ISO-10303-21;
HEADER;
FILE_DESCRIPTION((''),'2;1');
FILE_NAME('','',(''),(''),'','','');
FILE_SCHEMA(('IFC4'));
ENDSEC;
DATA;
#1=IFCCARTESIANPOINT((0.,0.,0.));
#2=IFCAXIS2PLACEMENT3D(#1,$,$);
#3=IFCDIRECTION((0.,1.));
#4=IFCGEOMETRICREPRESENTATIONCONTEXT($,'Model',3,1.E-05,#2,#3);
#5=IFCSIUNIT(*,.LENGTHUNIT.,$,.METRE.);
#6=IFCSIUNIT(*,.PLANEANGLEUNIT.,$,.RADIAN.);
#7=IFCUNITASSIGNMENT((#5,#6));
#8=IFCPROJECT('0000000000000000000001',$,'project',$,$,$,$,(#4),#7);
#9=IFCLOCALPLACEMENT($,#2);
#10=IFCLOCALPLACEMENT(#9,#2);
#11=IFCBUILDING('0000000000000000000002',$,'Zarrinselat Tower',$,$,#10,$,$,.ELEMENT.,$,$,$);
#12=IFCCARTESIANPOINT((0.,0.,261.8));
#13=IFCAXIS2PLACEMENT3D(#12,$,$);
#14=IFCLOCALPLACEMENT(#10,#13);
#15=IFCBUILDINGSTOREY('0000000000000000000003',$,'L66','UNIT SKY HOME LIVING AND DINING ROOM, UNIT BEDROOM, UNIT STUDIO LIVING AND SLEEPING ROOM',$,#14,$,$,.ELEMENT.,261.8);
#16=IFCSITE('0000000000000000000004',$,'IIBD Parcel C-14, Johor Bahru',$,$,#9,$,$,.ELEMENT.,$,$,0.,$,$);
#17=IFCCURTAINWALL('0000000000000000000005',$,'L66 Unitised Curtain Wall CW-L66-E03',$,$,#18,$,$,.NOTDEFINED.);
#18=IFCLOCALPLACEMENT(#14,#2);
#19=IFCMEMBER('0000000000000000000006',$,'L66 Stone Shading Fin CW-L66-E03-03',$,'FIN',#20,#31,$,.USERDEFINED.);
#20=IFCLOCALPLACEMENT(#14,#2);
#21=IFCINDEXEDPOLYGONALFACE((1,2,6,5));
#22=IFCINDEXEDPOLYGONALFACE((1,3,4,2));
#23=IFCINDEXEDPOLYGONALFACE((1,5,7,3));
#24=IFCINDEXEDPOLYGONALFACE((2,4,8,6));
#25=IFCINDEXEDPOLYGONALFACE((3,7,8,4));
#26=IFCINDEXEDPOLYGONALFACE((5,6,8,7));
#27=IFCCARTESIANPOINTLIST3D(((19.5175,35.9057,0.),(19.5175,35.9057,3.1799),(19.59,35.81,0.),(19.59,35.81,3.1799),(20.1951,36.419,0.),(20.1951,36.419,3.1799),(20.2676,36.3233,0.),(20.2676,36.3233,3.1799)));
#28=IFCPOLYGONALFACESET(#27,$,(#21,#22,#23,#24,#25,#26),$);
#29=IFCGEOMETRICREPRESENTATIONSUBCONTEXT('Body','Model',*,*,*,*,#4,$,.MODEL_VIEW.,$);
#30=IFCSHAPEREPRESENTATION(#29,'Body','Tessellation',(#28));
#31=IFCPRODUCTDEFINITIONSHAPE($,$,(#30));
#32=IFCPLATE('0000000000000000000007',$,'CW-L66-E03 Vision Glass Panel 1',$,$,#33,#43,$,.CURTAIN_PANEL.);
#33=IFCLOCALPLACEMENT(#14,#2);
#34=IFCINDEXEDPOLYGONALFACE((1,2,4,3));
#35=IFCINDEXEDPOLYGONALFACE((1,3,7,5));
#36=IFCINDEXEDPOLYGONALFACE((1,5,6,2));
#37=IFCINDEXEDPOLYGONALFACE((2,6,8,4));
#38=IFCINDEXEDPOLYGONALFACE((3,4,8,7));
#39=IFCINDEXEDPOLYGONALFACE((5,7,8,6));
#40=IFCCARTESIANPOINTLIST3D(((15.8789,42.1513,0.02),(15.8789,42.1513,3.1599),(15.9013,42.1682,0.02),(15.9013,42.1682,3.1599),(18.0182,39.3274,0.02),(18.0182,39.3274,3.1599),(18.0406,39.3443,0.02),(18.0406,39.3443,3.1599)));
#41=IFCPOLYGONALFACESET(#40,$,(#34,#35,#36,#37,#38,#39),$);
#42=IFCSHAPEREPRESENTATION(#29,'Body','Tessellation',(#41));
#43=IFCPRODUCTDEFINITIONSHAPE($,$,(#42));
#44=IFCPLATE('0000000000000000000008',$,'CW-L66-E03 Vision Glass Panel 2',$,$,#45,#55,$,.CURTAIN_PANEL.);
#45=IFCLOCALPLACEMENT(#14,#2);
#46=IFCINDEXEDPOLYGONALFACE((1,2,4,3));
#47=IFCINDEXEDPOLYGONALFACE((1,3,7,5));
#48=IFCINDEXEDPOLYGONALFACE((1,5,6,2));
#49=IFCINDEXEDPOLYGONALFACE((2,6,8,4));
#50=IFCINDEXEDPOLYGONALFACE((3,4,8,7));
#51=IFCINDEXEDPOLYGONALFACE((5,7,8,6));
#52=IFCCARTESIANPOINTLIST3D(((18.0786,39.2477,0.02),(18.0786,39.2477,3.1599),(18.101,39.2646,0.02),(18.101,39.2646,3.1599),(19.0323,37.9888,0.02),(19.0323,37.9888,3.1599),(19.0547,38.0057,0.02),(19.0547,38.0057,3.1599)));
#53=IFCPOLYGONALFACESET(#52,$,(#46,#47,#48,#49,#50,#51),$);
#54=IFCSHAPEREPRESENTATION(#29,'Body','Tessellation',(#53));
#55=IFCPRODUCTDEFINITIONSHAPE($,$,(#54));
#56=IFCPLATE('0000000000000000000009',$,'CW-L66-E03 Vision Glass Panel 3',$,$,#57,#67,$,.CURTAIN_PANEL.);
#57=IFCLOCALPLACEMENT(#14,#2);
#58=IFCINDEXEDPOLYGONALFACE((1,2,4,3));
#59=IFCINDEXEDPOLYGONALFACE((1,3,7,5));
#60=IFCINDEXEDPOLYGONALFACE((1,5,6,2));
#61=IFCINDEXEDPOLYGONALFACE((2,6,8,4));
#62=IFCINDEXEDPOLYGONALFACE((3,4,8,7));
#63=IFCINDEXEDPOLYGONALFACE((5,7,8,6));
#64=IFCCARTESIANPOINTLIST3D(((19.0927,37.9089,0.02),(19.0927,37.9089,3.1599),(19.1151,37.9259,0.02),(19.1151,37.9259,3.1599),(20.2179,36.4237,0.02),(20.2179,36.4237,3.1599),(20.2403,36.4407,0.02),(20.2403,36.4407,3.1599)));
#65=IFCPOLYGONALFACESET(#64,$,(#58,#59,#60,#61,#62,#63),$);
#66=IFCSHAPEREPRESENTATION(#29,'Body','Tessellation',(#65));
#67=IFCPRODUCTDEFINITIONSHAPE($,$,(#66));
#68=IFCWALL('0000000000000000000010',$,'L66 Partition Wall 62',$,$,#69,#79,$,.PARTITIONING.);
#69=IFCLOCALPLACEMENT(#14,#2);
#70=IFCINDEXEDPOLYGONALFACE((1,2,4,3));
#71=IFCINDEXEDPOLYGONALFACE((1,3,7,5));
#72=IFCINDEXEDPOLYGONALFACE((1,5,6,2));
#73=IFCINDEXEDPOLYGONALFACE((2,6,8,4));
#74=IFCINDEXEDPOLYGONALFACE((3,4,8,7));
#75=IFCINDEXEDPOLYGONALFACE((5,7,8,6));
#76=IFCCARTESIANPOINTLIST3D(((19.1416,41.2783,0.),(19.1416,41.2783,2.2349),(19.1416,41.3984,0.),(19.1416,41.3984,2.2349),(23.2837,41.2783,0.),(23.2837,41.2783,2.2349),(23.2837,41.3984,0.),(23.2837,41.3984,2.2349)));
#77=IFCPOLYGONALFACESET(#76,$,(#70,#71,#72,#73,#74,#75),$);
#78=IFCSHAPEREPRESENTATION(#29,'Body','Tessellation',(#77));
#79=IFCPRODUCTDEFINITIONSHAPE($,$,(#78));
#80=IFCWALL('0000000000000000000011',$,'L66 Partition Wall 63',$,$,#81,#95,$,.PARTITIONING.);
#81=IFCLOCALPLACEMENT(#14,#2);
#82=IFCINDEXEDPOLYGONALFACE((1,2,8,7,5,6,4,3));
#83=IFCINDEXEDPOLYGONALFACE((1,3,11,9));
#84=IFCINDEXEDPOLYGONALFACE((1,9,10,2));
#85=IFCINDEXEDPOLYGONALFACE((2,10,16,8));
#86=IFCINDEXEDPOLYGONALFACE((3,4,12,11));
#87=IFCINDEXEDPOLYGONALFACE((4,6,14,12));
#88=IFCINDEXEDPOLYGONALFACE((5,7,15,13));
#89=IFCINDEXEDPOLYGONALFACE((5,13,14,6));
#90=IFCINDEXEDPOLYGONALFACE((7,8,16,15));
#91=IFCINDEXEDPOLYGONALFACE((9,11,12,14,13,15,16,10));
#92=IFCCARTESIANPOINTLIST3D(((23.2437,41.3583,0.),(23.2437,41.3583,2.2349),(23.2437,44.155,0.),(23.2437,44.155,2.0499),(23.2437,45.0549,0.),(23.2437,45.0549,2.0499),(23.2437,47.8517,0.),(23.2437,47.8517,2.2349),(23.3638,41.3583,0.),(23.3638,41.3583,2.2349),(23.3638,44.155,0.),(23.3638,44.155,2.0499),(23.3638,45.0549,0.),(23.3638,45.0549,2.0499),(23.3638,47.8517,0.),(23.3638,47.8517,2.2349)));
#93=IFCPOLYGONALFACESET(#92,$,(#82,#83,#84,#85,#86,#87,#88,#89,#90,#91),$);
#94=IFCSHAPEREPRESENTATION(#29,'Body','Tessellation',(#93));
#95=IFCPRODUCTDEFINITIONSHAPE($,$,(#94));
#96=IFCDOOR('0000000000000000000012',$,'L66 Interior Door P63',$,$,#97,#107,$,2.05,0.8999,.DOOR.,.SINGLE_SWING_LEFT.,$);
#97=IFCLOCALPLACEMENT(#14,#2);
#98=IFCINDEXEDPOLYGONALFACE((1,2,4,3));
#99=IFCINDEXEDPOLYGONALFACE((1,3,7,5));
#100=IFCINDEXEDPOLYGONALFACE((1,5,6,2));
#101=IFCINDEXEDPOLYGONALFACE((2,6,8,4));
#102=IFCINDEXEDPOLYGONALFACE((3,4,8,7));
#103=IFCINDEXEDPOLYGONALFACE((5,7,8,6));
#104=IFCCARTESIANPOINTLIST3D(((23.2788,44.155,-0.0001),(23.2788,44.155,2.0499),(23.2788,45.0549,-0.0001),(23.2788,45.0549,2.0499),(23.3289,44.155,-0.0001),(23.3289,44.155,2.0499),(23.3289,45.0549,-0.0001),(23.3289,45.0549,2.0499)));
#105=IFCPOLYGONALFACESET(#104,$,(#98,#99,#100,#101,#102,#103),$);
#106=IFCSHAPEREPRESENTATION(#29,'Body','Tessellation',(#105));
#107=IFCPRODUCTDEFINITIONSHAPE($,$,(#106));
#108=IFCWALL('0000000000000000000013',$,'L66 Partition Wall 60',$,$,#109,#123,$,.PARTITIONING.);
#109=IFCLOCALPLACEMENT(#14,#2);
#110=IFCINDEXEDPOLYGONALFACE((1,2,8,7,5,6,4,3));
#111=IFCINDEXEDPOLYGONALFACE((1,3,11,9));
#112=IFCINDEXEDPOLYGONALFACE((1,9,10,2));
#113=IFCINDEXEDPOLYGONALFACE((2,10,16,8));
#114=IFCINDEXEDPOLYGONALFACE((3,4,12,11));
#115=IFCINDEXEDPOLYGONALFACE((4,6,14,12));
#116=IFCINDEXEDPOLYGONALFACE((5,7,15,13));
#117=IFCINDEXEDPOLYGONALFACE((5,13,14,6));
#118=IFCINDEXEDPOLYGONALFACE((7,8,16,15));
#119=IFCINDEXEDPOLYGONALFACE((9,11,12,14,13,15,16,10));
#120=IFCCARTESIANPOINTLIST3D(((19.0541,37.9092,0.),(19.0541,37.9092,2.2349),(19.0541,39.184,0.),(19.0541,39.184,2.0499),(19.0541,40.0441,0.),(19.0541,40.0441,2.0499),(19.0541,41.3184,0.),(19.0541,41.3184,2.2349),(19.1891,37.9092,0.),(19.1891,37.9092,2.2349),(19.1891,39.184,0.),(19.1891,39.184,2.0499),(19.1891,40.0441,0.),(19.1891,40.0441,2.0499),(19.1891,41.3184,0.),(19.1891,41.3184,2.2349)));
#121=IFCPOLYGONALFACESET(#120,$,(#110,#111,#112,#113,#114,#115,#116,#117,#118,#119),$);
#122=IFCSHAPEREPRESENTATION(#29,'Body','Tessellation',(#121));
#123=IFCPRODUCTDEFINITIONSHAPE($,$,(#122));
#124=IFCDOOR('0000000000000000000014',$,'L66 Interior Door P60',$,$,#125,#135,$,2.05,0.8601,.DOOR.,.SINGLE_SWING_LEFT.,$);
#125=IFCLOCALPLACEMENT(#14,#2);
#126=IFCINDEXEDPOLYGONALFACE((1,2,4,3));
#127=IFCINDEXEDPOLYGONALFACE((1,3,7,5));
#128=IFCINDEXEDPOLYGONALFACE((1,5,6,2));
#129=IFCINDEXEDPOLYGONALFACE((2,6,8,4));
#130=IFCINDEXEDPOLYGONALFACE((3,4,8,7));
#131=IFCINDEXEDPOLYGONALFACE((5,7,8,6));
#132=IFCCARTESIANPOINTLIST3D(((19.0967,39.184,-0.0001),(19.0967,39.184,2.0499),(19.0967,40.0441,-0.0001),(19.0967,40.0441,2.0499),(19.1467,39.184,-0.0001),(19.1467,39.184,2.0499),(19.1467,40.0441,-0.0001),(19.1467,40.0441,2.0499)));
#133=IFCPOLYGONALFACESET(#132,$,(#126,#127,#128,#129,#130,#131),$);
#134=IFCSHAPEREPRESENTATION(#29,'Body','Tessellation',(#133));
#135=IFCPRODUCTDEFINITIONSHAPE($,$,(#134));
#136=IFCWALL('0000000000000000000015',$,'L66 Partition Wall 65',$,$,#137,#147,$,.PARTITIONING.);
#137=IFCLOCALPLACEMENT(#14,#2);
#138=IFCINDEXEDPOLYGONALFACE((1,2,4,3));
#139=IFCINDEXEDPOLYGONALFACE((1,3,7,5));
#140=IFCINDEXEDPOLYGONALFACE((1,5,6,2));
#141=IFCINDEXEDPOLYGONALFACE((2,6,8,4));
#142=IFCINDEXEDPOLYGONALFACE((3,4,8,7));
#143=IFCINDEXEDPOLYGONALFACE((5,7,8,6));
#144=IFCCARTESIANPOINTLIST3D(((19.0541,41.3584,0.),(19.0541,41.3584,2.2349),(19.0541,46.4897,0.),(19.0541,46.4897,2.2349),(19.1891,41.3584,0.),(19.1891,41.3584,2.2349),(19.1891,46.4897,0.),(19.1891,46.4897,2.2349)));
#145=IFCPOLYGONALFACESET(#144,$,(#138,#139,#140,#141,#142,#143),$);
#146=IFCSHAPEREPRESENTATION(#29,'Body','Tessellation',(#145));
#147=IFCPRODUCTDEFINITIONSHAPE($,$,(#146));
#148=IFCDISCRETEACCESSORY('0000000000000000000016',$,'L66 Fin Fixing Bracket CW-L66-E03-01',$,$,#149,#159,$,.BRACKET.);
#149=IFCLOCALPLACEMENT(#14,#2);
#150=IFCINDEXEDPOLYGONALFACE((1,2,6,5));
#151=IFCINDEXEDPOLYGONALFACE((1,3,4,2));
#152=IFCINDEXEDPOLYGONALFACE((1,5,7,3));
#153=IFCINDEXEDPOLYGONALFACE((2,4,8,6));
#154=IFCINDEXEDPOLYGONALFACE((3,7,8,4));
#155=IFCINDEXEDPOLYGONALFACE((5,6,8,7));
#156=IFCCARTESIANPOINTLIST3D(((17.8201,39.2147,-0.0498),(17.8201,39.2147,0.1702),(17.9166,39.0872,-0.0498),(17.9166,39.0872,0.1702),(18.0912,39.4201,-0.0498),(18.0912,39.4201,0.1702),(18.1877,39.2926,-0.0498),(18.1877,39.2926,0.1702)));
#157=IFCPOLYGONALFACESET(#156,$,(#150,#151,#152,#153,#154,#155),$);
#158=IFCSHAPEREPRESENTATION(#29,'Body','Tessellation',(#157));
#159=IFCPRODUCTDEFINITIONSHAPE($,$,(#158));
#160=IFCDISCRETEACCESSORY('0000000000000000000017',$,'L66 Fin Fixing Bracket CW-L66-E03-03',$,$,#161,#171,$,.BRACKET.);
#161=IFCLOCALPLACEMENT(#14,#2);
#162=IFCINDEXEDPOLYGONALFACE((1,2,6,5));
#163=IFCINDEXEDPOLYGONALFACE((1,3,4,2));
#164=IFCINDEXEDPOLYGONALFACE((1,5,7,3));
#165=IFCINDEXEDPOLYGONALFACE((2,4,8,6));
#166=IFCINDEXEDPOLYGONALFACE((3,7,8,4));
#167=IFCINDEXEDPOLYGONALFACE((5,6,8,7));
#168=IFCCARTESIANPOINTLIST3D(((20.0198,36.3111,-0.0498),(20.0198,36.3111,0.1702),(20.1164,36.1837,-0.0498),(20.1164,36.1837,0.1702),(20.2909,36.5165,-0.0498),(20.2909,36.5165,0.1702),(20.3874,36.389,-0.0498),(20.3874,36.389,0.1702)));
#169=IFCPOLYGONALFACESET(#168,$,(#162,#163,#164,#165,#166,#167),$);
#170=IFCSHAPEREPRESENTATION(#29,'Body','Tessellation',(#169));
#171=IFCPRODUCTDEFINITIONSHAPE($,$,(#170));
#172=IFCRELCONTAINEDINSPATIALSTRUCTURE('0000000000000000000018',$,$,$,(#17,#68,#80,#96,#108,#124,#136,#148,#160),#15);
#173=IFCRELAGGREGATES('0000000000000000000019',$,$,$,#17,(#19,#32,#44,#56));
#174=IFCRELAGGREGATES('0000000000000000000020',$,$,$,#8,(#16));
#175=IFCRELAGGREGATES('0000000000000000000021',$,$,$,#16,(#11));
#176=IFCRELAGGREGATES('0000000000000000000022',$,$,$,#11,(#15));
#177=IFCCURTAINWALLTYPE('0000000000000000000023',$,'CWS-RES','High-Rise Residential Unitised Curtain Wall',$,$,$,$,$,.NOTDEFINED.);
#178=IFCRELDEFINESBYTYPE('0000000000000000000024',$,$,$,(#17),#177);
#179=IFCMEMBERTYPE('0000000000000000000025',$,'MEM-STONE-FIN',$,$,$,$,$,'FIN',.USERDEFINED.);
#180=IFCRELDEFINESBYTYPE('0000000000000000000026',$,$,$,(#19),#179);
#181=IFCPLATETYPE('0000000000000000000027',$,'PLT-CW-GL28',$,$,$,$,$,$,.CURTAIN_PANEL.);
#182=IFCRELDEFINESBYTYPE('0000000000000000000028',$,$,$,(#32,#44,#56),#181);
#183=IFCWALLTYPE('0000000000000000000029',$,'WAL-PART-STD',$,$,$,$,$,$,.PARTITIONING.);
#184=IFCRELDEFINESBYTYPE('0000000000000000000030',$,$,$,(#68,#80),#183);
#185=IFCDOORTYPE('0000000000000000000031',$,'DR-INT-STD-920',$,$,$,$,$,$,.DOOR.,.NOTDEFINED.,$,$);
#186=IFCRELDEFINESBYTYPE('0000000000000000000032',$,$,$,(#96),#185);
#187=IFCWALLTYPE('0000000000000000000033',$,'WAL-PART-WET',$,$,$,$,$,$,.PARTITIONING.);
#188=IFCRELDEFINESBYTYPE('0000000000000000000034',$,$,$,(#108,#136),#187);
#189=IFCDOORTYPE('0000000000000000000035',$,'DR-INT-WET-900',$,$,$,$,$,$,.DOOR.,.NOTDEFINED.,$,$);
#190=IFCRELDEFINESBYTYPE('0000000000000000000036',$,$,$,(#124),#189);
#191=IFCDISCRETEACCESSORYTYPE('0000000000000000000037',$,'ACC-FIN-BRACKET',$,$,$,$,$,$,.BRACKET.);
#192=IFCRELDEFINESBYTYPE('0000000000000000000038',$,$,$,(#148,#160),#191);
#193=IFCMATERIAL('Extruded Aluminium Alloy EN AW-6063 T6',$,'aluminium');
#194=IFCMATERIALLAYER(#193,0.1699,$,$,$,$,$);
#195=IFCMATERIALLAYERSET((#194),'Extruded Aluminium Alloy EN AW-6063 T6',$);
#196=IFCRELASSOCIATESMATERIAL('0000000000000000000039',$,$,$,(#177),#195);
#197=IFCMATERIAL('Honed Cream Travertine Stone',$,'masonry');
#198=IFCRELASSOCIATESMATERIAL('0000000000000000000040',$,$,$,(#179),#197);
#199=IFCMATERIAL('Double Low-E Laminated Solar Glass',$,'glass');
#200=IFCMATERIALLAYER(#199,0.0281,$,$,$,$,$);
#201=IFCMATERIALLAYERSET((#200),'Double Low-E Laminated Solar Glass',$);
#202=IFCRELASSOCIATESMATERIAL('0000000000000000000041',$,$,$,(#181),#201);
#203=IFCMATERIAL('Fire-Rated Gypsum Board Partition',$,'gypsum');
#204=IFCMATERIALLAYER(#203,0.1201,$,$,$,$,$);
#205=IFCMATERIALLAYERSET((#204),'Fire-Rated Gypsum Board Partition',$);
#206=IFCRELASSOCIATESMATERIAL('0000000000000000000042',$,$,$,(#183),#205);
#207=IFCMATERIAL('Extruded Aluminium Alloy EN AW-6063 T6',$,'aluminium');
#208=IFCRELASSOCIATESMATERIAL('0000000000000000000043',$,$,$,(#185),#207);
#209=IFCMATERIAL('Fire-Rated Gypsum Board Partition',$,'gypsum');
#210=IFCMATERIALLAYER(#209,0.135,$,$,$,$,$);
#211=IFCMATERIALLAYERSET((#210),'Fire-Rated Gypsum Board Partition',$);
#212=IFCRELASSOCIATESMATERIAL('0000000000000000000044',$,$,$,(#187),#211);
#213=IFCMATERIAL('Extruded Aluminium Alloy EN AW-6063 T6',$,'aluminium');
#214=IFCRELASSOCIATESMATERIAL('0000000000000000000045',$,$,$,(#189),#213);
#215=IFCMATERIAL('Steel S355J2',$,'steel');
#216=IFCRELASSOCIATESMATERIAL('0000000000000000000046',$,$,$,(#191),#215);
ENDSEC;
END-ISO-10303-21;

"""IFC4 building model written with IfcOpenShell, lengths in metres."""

from ifc_helpers import new_model, si_unit, direction, frame, frame_2d, origin, origin_2d, place, context, subcontext, project, spatial, rectangle, extrude, material, layer, layer_set, material_profile, profile_set, type_object, element, fill, aggregate, save


model = new_model("IFC4")

# Units and contexts
model_context = context("Model", 3, precision=1e-05, world=origin(), true_north=direction((0.0, 1.0)))
body_context = subcontext(model_context, "Body", "Model", "MODEL_VIEW")
ifc_project = project(units=[si_unit("LENGTHUNIT", "METRE"), si_unit("PLANEANGLEUNIT", "RADIAN")], contexts=[model_context])

# Site, building, storey
site_placement = place(None, origin())
site = spatial("IfcSite", under=ifc_project, at=site_placement, Name="IIBD Parcel C-14, Johor Bahru", CompositionType="ELEMENT", RefElevation=0.0)
building_placement = place(site_placement, origin())
building = spatial("IfcBuilding", under=site, at=building_placement, Name="Zarrinselat Tower", CompositionType="ELEMENT")
storey_placement = place(building_placement, frame((0.0, 0.0, 261.8)))
storey = spatial("IfcBuildingStorey", under=building, at=storey_placement, Name="L66", Description="UNIT SKY HOME LIVING AND DINING ROOM, UNIT BEDROOM, UNIT STUDIO LIVING AND SLEEPING ROOM", CompositionType="ELEMENT", Elevation=261.8)

# Curtain wall, member, plates
ifc_material_1 = material(Name="Extruded Aluminium Alloy EN AW-6063 T6", Category="aluminium")
ifc_layer_1 = layer(ifc_material_1, 0.1699)
ifc_layer_set_1 = layer_set([ifc_layer_1], Name="Extruded Aluminium Alloy EN AW-6063 T6")
curtain_wall_type = type_object("IfcCurtainWallType", Name="CWS-RES", Description="High-Rise Residential Unitised Curtain Wall", PredefinedType="NOTDEFINED", material=ifc_layer_set_1)
curtain_wall_placement = place(storey_placement, origin())
curtain_wall = element("IfcCurtainWall", 1, at=curtain_wall_placement, inside=storey, type_object=curtain_wall_type, Name="L66 Unitised Curtain Wall CW-L66-E03", PredefinedType="NOTDEFINED")
ifc_material_2 = material(Name="Honed Cream Travertine Stone", Category="masonry")
ifc_material_profile_1 = material_profile(ifc_material_2, rectangle(XDim=0.1201, YDim=0.8501, at=origin_2d()), Name="FIN 850x120")
ifc_profile_set_1 = profile_set([ifc_material_profile_1], Name="Honed Cream Travertine Stone")
member_type_1 = type_object("IfcMemberType", Name="MEM-STONE-FIN", ElementType="FIN", PredefinedType="USERDEFINED", material=ifc_profile_set_1)
member_1_placement = place(storey_placement, frame((19.8926, 36.1145, 0.0), z_axis=(0.0, 0.0, 1.0), x_axis=(-0.603858, 0.797092, 0.0)))
member_1 = element("IfcMember", 2, at=member_1_placement, type_object=member_type_1, Name="L66 Stone Shading Fin CW-L66-E03-03", ObjectType="FIN", PredefinedType="USERDEFINED", context=body_context, shape_type="SweptSolid", body=[
    extrude(rectangle(XDim=0.1201, YDim=0.8501, at=origin_2d()), origin(), (0.0, 0.0, 1.0), 3.1799),
])
ifc_material_3 = material(Name="Double Low-E Laminated Solar Glass", Category="glass")
ifc_layer_2 = layer(ifc_material_3, 0.0281)
ifc_layer_set_2 = layer_set([ifc_layer_2], Name="Double Low-E Laminated Solar Glass")
plate_type = type_object("IfcPlateType", Name="PLT-CW-GL28", PredefinedType="CURTAIN_PANEL", material=ifc_layer_set_2)
plate_1_placement = place(storey_placement, frame((16.9597, 40.7478, 0.02), z_axis=(0.0, 0.0, 1.0), x_axis=(0.603858, -0.797092, 0.0)))
plate_1 = element("IfcPlate", 3, at=plate_1_placement, type_object=plate_type, Name="CW-L66-E03 Vision Glass Panel 1", PredefinedType="CURTAIN_PANEL", context=body_context, shape_type="SweptSolid", body=[
    extrude(rectangle(XDim=3.5427, YDim=0.0281, at=origin_2d()), origin(), (0.0, 0.0, 1.0), 3.1399),
])
plate_2_placement = place(storey_placement, frame((18.5667, 38.6267, 0.02), z_axis=(0.0, 0.0, 1.0), x_axis=(0.603858, -0.797092, 0.0)))
plate_2 = element("IfcPlate", 4, at=plate_2_placement, type_object=plate_type, Name="CW-L66-E03 Vision Glass Panel 2", PredefinedType="CURTAIN_PANEL", context=body_context, shape_type="SweptSolid", body=[
    extrude(rectangle(XDim=1.5793, YDim=0.0281, at=origin_2d()), origin(), (0.0, 0.0, 1.0), 3.1399),
])
plate_3_placement = place(storey_placement, frame((19.6665, 37.1748, 0.02), z_axis=(0.0, 0.0, 1.0), x_axis=(0.603858, -0.797092, 0.0)))
plate_3 = element("IfcPlate", 5, at=plate_3_placement, type_object=plate_type, Name="CW-L66-E03 Vision Glass Panel 3", PredefinedType="CURTAIN_PANEL", context=body_context, shape_type="SweptSolid", body=[
    extrude(rectangle(XDim=1.8633, YDim=0.0281, at=origin_2d()), origin(), (0.0, 0.0, 1.0), 3.1399),
])
aggregate(curtain_wall, [member_1, plate_1, plate_2, plate_3])

# Wall
ifc_material_4 = material(Name="Fire-Rated Gypsum Board Partition", Category="gypsum")
ifc_layer_3 = layer(ifc_material_4, 0.1201)
ifc_layer_set_3 = layer_set([ifc_layer_3], Name="Fire-Rated Gypsum Board Partition")
wall_type_1 = type_object("IfcWallType", Name="WAL-PART-STD", PredefinedType="PARTITIONING", material=ifc_layer_set_3)
wall_1_placement = place(storey_placement, frame((19.1416, 41.3384, 0.0), z_axis=(0.0, 0.0, 1.0), x_axis=(1.0, 0.0, 0.0)))
element("IfcWall", 6, at=wall_1_placement, inside=storey, type_object=wall_type_1, Name="L66 Partition Wall 62", PredefinedType="PARTITIONING", context=body_context, shape_type="SweptSolid", body=[
    extrude(rectangle(XDim=4.1421, YDim=0.1201, at=frame_2d((2.071, 0.0))), origin(), (0.0, 0.0, 1.0), 2.2349),
])

# Walls, openings, doors
wall_2_placement = place(storey_placement, frame((23.3037, 41.3584, 0.0), z_axis=(0.0, 0.0, 1.0), x_axis=(0.0, 1.0, 0.0)))
wall_2 = element("IfcWall", 7, at=wall_2_placement, inside=storey, type_object=wall_type_1, Name="L66 Partition Wall 63", PredefinedType="PARTITIONING", context=body_context, shape_type="SweptSolid", body=[
    extrude(rectangle(XDim=6.4934, YDim=0.1201, at=frame_2d((3.2466, 0.0))), origin(), (0.0, 0.0, 1.0), 2.2349),
])
opening_1_placement = place(wall_2_placement, frame((2.7966, 0.0, 0.0)))
opening_1 = element("IfcOpeningElement", 8, at=opening_1_placement, cuts=wall_2, PredefinedType="OPENING", context=body_context, shape_type="SweptSolid", body=[
    extrude(rectangle(XDim=0.8999, YDim=2.05, at=frame_2d((0.45, 1.0249))), frame((0.0, 0.0701, 0.0), z_axis=(0.0, -1.0, 0.0), x_axis=(1.0, 0.0, 0.0)), (0.0, 0.0, 1.0), 0.1401),
])
ifc_material_5 = material(Name="Extruded Aluminium Alloy EN AW-6063 T6", Category="aluminium")
door_type_1 = type_object("IfcDoorType", Name="DR-INT-STD-920", OperationType="NOTDEFINED", PredefinedType="DOOR", material=ifc_material_5)
door_1_placement = place(opening_1_placement, origin())
door_1 = element("IfcDoor", 9, at=door_1_placement, inside=storey, type_object=door_type_1, Name="L66 Interior Door P63", OperationType="SINGLE_SWING_LEFT", OverallHeight=2.05, OverallWidth=0.8999, PredefinedType="DOOR", context=body_context, shape_type="SweptSolid", body=[
    extrude(rectangle(XDim=0.8999, YDim=2.05, at=frame_2d((0.45, 1.0249))), frame((0.0, 0.0249, 0.0), z_axis=(0.0, -1.0, 0.0), x_axis=(1.0, 0.0, 0.0)), (0.0, 0.0, 1.0), 0.05),
])
fill(opening_1, door_1)
ifc_material_6 = material(Name="Fire-Rated Gypsum Board Partition", Category="gypsum")
ifc_layer_4 = layer(ifc_material_6, 0.135)
ifc_layer_set_4 = layer_set([ifc_layer_4], Name="Fire-Rated Gypsum Board Partition")
wall_type_2 = type_object("IfcWallType", Name="WAL-PART-WET", PredefinedType="PARTITIONING", material=ifc_layer_set_4)
wall_3_placement = place(storey_placement, frame((19.1216, 37.9092, 0.0), z_axis=(0.0, 0.0, 1.0), x_axis=(0.0, 1.0, 0.0)))
wall_3 = element("IfcWall", 10, at=wall_3_placement, inside=storey, type_object=wall_type_2, Name="L66 Partition Wall 60", PredefinedType="PARTITIONING", context=body_context, shape_type="SweptSolid", body=[
    extrude(rectangle(XDim=3.4092, YDim=0.135, at=frame_2d((1.7046, 0.0))), origin(), (0.0, 0.0, 1.0), 2.2349),
])
opening_2_placement = place(wall_3_placement, frame((1.2747, 0.0, 0.0)))
opening_2 = element("IfcOpeningElement", 11, at=opening_2_placement, cuts=wall_3, PredefinedType="OPENING", context=body_context, shape_type="SweptSolid", body=[
    extrude(rectangle(XDim=0.8601, YDim=2.05, at=frame_2d((0.4302, 1.0249))), frame((0.0, 0.0774, 0.0), z_axis=(0.0, -1.0, 0.0), x_axis=(1.0, 0.0, 0.0)), (0.0, 0.0, 1.0), 0.155),
])
ifc_material_7 = material(Name="Extruded Aluminium Alloy EN AW-6063 T6", Category="aluminium")
door_type_2 = type_object("IfcDoorType", Name="DR-INT-WET-900", OperationType="NOTDEFINED", PredefinedType="DOOR", material=ifc_material_7)
door_2_placement = place(opening_2_placement, origin())
door_2 = element("IfcDoor", 12, at=door_2_placement, inside=storey, type_object=door_type_2, Name="L66 Interior Door P60", OperationType="SINGLE_SWING_LEFT", OverallHeight=2.05, OverallWidth=0.8601, PredefinedType="DOOR", context=body_context, shape_type="SweptSolid", body=[
    extrude(rectangle(XDim=0.8601, YDim=2.05, at=frame_2d((0.4302, 1.0249))), frame((0.0, 0.0249, 0.0), z_axis=(0.0, -1.0, 0.0), x_axis=(1.0, 0.0, 0.0)), (0.0, 0.0, 1.0), 0.05),
])
fill(opening_2, door_2)

# Wall
wall_4_placement = place(storey_placement, frame((19.1216, 41.3584, 0.0), z_axis=(0.0, 0.0, 1.0), x_axis=(0.0, 1.0, 0.0)))
element("IfcWall", 13, at=wall_4_placement, inside=storey, type_object=wall_type_2, Name="L66 Partition Wall 65", PredefinedType="PARTITIONING", context=body_context, shape_type="SweptSolid", body=[
    extrude(rectangle(XDim=5.1313, YDim=0.135, at=frame_2d((2.5657, 0.0))), origin(), (0.0, 0.0, 1.0), 2.2349),
])

# Discrete accessories
ifc_material_8 = material(Name="Steel S355J2", Category="steel")
discrete_accessory_type = type_object("IfcDiscreteAccessoryType", Name="ACC-FIN-BRACKET", PredefinedType="BRACKET", material=ifc_material_8)
for number, where, z_axis, x_axis, name in (
    (14, (18.0039, 39.2537, -0.0498), (0.0, 0.0, 1.0), (-0.797092, -0.603858, 0.0), "L66 Fin Fixing Bracket CW-L66-E03-01"),
    (15, (20.2036, 36.3501, -0.0498), (0.0, 0.0, 1.0), (-0.797092, -0.603858, 0.0), "L66 Fin Fixing Bracket CW-L66-E03-03"),
):
    element("IfcDiscreteAccessory", number, at=place(storey_placement, frame(where, z_axis=z_axis, x_axis=x_axis)), inside=storey, type_object=discrete_accessory_type, Name=name, PredefinedType="BRACKET", context=body_context, shape_type="SweptSolid", body=[
        extrude(rectangle(XDim=0.3401, YDim=0.1599, at=origin_2d()), origin(), (0.0, 0.0, 1.0), 0.22),
    ])

save(model, "model.ifc")
